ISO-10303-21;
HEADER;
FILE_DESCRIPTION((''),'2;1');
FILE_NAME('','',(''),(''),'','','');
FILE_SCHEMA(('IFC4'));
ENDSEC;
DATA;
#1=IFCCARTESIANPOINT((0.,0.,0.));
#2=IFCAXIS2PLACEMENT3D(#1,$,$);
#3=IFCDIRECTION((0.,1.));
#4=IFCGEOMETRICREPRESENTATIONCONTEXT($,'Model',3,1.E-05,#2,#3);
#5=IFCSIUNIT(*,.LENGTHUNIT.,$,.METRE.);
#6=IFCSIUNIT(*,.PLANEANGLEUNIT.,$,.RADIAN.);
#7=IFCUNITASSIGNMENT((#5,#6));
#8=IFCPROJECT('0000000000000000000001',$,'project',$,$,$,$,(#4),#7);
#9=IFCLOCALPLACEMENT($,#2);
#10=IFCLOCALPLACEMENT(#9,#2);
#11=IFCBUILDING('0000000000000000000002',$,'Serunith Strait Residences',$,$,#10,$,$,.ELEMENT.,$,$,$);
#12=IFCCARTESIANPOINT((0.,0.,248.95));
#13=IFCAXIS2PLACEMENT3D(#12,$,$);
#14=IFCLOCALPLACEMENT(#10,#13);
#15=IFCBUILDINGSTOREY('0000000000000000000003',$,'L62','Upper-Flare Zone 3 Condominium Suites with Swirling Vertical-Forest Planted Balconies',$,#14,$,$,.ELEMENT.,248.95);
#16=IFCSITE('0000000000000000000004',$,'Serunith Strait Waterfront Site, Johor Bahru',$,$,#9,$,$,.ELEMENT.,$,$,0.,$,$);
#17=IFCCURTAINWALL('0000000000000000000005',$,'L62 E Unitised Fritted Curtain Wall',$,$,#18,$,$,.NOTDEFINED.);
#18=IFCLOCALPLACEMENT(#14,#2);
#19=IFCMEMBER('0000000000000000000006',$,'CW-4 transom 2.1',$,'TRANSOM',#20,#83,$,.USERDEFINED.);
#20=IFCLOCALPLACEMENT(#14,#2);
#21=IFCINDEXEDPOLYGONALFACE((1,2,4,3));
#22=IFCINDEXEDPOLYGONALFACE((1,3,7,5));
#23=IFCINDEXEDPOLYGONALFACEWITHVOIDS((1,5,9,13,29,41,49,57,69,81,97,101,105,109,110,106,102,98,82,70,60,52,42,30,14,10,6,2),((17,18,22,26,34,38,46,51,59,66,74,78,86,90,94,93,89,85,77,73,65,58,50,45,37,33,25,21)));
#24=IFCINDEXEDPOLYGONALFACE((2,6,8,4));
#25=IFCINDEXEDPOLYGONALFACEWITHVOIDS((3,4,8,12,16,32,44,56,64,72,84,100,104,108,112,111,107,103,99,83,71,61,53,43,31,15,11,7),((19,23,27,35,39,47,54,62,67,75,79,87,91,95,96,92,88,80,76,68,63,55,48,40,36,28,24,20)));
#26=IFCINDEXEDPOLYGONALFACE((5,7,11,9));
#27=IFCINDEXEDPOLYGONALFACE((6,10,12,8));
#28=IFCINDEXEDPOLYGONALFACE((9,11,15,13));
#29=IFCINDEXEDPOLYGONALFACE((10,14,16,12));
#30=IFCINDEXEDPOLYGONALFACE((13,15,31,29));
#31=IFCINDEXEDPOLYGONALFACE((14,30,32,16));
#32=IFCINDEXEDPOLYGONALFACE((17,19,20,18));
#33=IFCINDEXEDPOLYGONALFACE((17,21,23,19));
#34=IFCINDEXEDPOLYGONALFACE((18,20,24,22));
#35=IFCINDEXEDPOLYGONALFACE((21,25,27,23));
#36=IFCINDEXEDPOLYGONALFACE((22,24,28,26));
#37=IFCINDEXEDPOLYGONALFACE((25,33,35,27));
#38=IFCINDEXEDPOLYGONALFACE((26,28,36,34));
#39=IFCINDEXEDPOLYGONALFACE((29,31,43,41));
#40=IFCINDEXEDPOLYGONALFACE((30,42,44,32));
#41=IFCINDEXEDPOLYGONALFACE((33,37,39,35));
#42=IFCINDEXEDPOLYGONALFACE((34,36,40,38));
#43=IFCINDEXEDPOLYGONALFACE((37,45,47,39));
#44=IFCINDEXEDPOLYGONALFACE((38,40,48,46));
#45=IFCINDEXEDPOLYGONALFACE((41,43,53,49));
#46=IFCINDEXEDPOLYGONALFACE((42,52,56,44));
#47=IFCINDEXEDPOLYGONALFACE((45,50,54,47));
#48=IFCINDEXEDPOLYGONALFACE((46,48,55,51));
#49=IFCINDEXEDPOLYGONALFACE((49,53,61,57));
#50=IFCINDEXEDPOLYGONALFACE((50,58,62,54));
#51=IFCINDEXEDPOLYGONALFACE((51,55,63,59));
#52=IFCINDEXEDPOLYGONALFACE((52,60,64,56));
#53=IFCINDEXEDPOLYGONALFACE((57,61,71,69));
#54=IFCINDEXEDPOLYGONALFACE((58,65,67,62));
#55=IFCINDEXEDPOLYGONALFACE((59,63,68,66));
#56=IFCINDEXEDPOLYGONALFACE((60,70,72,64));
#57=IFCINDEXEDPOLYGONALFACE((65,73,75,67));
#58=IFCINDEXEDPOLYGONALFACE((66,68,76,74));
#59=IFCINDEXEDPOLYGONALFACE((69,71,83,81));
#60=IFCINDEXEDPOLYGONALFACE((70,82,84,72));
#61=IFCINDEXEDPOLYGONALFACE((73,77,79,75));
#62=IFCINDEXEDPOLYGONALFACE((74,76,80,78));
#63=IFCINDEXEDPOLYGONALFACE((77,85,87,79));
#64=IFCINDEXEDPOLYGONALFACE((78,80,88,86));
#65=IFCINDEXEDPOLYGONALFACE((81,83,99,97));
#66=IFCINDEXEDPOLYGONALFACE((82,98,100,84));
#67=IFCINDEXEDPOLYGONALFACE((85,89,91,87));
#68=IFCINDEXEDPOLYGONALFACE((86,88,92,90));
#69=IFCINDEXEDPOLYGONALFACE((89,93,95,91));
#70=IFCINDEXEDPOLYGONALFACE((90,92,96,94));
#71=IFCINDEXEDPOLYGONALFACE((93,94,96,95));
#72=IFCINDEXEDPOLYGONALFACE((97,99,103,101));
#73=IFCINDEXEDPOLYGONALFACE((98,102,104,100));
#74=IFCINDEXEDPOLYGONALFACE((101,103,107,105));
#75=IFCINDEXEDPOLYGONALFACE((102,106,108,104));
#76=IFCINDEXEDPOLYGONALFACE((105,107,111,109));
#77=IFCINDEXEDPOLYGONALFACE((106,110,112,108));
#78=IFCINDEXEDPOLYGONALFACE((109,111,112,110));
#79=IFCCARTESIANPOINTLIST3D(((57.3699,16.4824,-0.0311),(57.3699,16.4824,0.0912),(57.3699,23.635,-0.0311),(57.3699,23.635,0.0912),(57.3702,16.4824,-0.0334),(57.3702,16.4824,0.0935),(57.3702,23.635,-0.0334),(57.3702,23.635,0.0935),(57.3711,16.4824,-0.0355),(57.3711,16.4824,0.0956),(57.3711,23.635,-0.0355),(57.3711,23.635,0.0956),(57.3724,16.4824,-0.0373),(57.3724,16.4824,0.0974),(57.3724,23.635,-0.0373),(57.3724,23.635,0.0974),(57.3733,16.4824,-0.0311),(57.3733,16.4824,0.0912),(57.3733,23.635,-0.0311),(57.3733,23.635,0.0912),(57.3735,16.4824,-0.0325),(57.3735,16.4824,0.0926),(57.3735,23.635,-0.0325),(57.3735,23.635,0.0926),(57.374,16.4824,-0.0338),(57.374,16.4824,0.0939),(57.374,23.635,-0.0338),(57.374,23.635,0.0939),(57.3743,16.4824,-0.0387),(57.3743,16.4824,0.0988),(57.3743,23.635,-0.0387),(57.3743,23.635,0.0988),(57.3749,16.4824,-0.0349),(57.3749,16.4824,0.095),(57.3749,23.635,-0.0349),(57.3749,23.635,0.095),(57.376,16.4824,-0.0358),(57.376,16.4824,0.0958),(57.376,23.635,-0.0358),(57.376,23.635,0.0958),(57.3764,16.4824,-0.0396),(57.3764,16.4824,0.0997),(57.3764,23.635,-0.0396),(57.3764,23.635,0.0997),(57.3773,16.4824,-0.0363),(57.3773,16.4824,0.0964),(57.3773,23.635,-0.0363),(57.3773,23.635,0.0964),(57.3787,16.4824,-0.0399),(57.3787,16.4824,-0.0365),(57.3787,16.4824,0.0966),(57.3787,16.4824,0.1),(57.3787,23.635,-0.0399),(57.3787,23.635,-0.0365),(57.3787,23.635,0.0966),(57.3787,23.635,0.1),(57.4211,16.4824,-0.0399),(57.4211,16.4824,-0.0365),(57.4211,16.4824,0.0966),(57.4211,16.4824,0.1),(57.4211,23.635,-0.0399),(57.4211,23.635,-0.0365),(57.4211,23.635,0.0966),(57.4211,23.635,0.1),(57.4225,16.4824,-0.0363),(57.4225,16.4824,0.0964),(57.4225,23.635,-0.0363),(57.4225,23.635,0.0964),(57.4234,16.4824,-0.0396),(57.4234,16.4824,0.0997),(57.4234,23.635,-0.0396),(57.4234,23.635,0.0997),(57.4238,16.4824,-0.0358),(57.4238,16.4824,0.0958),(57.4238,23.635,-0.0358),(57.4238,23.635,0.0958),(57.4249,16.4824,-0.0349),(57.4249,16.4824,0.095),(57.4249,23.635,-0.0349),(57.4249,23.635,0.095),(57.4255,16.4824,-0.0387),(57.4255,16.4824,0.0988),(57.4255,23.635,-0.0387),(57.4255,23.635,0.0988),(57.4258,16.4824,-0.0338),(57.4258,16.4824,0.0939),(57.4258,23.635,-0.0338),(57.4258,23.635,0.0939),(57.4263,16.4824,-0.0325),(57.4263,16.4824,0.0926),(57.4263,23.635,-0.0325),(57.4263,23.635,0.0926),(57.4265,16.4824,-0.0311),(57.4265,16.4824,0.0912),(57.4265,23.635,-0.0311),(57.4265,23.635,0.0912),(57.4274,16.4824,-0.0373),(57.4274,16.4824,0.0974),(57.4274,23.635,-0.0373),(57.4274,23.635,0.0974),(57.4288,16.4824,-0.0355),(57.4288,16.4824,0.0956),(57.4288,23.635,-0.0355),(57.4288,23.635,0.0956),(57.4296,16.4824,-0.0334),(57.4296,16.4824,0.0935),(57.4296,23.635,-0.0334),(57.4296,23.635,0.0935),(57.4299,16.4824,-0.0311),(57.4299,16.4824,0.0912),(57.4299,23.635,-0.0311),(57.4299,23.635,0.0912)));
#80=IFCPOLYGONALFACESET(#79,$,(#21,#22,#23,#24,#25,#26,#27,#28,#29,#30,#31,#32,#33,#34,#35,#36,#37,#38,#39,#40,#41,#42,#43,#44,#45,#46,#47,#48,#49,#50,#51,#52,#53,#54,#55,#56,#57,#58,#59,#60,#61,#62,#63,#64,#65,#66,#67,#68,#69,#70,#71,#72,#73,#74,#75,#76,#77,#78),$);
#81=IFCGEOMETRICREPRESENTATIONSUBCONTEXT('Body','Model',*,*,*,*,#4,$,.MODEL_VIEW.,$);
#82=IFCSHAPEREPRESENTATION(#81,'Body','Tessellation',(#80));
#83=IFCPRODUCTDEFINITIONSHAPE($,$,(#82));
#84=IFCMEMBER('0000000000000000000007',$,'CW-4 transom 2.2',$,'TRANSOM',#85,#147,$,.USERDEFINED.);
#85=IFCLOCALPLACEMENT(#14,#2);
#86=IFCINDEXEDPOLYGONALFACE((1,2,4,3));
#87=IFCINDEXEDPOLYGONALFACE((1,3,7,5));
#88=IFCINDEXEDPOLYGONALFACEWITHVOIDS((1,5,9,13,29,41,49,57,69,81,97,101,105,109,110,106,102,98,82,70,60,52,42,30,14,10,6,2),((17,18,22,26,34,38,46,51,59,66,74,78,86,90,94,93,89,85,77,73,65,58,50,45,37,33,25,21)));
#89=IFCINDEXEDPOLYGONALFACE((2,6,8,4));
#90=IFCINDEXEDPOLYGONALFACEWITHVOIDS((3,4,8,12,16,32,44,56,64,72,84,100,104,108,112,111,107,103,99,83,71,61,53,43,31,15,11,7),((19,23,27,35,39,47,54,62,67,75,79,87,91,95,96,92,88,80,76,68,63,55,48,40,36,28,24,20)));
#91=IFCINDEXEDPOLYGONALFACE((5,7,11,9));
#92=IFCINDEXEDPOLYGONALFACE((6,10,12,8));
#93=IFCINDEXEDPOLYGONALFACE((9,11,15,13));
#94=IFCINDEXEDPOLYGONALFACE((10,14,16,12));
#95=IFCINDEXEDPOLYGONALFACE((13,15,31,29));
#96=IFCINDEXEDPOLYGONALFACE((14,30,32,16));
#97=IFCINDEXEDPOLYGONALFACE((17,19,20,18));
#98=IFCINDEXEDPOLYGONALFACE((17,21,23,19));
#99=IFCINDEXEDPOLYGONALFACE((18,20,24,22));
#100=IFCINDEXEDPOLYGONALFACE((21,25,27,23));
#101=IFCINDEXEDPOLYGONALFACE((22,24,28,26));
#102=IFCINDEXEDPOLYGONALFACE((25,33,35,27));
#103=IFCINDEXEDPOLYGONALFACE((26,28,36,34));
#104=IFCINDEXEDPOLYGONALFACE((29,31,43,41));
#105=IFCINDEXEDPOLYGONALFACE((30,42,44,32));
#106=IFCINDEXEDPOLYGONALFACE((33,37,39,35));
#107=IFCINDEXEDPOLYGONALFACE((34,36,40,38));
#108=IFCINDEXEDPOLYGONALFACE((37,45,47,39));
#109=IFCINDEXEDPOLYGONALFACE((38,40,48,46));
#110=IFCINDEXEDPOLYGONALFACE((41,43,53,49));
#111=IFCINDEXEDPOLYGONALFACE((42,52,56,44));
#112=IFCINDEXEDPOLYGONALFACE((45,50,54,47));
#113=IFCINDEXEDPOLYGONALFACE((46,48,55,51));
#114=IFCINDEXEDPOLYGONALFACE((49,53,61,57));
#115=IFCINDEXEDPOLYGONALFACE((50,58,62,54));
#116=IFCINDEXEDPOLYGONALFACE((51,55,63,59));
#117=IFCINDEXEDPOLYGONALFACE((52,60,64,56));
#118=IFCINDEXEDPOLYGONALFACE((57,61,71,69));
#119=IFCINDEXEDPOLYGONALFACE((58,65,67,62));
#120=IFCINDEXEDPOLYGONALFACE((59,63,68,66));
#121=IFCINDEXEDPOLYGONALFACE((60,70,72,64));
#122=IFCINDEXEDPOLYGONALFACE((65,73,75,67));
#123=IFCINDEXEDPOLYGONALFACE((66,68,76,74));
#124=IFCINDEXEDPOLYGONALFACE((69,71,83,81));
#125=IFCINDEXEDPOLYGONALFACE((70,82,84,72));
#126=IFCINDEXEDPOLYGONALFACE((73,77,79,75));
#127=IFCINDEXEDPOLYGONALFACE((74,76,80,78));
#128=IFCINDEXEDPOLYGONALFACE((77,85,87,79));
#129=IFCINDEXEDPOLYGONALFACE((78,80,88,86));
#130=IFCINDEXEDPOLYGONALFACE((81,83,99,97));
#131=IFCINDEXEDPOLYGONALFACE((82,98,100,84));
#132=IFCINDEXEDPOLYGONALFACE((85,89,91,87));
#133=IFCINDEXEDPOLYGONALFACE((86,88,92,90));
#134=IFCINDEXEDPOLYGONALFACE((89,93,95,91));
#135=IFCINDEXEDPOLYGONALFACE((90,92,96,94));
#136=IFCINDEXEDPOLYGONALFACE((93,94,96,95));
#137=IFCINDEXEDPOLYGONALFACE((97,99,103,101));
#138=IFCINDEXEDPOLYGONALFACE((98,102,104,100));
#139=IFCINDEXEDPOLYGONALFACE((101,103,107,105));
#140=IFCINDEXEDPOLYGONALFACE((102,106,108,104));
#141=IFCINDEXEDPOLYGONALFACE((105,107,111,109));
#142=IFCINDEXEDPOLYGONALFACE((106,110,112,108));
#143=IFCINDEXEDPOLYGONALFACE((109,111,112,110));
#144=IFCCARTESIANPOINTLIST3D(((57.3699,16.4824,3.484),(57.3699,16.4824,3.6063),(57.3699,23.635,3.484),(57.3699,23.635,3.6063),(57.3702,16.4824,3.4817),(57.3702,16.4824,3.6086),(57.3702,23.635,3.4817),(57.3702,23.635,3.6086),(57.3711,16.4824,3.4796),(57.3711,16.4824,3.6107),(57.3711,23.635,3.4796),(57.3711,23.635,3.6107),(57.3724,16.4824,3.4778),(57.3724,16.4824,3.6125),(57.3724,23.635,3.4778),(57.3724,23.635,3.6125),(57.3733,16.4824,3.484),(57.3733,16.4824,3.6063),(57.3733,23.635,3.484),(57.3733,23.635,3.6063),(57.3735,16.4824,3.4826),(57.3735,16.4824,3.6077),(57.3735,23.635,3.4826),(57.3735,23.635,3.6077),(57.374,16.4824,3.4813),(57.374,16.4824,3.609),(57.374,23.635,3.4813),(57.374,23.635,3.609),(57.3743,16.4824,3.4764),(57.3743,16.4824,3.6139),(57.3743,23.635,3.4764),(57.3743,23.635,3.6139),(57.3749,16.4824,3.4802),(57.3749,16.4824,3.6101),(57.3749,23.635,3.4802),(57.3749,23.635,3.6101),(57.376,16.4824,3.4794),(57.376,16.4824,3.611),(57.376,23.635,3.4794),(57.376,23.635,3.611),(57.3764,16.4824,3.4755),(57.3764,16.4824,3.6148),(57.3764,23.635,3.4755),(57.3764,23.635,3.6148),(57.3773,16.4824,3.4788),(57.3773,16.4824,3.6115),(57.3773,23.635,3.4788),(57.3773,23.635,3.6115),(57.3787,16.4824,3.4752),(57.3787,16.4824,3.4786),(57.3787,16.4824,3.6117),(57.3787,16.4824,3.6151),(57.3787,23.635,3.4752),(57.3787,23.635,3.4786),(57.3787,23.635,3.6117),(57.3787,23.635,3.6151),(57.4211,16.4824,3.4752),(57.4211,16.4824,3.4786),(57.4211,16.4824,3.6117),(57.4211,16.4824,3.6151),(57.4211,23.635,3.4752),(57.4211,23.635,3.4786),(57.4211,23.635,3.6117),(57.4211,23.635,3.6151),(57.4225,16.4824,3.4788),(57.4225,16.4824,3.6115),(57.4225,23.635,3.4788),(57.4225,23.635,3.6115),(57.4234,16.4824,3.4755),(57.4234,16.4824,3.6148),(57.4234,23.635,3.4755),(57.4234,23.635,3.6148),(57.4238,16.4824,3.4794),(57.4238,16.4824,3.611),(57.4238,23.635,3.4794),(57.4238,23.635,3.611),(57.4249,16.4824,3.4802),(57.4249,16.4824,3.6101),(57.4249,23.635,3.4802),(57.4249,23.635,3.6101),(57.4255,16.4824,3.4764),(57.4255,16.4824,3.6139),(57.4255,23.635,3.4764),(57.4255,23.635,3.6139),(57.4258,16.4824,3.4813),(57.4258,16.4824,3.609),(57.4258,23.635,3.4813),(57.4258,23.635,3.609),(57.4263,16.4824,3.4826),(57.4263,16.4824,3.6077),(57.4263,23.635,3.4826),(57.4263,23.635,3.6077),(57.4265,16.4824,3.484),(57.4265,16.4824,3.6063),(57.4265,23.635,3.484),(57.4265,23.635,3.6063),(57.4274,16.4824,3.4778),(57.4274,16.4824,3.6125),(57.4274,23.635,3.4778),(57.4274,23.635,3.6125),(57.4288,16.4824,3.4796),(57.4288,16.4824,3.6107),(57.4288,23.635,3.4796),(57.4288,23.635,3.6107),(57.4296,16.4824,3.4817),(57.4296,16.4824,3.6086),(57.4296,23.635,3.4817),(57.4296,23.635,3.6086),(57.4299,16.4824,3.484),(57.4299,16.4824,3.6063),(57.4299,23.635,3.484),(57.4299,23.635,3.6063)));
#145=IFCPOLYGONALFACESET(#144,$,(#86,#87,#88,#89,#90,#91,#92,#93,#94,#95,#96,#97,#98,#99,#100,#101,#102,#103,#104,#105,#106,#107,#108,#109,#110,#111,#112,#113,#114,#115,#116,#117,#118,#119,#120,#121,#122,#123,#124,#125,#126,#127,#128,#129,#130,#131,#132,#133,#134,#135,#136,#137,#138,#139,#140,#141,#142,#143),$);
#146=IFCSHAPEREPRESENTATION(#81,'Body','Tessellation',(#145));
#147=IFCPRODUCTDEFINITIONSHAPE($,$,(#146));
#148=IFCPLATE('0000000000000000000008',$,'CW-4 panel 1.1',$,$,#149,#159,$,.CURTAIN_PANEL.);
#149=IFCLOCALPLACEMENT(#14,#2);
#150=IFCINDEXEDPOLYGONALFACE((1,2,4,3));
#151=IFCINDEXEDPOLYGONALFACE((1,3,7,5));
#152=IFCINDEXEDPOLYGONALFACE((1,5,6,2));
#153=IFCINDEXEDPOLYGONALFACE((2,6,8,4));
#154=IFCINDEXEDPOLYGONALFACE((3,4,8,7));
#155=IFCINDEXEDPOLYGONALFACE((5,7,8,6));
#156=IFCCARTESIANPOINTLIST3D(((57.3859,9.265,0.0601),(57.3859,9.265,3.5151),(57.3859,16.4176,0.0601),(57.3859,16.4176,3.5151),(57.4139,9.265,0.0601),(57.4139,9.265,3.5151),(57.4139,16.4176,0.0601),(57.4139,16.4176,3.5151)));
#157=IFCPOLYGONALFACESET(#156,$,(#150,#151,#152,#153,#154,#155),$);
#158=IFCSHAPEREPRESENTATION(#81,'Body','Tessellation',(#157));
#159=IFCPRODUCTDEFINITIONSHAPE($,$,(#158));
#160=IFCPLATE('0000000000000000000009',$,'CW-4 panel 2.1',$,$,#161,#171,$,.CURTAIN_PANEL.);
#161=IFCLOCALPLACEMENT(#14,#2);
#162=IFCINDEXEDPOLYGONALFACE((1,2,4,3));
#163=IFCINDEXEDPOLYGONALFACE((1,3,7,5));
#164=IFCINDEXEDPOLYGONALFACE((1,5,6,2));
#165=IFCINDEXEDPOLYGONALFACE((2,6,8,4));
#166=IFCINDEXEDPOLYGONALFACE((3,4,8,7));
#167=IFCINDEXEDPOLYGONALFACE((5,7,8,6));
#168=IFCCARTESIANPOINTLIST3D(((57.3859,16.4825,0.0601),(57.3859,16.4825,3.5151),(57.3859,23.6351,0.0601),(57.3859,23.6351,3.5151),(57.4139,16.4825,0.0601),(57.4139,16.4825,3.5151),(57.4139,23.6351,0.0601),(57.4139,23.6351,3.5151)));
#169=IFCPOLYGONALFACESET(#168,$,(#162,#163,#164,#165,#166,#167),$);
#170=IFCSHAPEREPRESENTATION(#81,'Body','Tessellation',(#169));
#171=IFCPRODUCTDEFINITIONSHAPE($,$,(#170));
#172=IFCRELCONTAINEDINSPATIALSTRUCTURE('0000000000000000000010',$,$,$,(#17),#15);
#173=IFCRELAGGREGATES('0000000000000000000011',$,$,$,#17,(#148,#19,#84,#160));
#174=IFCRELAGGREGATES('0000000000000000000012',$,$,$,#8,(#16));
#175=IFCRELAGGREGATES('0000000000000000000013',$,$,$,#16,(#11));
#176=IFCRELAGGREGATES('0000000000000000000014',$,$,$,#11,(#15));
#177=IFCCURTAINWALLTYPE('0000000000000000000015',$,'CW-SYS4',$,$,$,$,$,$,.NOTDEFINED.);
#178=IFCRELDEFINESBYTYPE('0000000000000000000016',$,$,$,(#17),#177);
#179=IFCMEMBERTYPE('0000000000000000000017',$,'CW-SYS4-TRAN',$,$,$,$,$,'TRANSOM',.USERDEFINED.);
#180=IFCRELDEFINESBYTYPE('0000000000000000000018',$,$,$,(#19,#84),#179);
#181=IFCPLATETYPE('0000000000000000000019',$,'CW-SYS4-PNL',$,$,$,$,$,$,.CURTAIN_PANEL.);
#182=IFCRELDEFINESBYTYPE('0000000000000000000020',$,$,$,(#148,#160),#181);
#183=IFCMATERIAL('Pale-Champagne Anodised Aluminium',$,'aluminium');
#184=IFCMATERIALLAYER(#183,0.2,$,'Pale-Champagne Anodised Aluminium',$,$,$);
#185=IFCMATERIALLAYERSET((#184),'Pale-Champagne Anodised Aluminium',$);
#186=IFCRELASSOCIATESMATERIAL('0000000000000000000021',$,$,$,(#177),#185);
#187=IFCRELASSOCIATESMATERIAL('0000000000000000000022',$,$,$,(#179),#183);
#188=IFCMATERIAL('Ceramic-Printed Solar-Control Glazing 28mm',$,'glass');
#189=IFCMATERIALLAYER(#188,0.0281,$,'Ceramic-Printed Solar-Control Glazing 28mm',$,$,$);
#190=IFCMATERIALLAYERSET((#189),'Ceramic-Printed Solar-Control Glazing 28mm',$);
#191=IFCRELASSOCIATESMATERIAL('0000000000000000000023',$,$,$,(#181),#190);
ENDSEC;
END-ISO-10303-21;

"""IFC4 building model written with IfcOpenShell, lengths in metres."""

from ifc_helpers import new_model, si_unit, direction, frame, origin, origin_2d, place, context, subcontext, project, spatial, rectangle, hollow_rectangle, extrude, source, transform, mapped, material, layer, layer_set, material_profile, profile_set, type_object, element, aggregate, save


model = new_model("IFC4")

# Units and contexts
model_context = context("Model", 3, precision=1e-05, world=origin(), true_north=direction((0.0, 1.0)))
body_context = subcontext(model_context, "Body", "Model", "MODEL_VIEW")
ifc_project = project(units=[si_unit("LENGTHUNIT", "METRE"), si_unit("PLANEANGLEUNIT", "RADIAN")], contexts=[model_context])

# Site, building, storey
site_placement = place(None, origin())
site = spatial("IfcSite", under=ifc_project, at=site_placement, Name="Serunith Strait Waterfront Site, Johor Bahru", CompositionType="ELEMENT", RefElevation=0.0)
building_placement = place(site_placement, origin())
building = spatial("IfcBuilding", under=site, at=building_placement, Name="Serunith Strait Residences", CompositionType="ELEMENT")
storey_placement = place(building_placement, frame((0.0, 0.0, 248.95)))
storey = spatial("IfcBuildingStorey", under=building, at=storey_placement, Name="L62", Description="Upper-Flare Zone 3 Condominium Suites with Swirling Vertical-Forest Planted Balconies", CompositionType="ELEMENT", Elevation=248.95)

# Curtain wall, members, plates
ifc_material_1 = material(Name="Pale-Champagne Anodised Aluminium", Category="aluminium")
ifc_layer_1 = layer(ifc_material_1, 0.2, Name="Pale-Champagne Anodised Aluminium")
ifc_layer_set_1 = layer_set([ifc_layer_1], Name="Pale-Champagne Anodised Aluminium")
curtain_wall_type = type_object("IfcCurtainWallType", Name="CW-SYS4", PredefinedType="NOTDEFINED", material=ifc_layer_set_1)
curtain_wall_placement = place(storey_placement, origin())
curtain_wall = element("IfcCurtainWall", 1, at=curtain_wall_placement, inside=storey, type_object=curtain_wall_type, Name="L62 E Unitised Fritted Curtain Wall", PredefinedType="NOTDEFINED")
ifc_material_profile_1 = material_profile(ifc_material_1, hollow_rectangle(XDim=0.0601, YDim=0.1399, WallThickness=0.0034, InnerFilletRadius=0.0054, OuterFilletRadius=0.0088, at=origin_2d()), Name="ALU 140x60x3.5")
ifc_profile_set_1 = profile_set([ifc_material_profile_1], Name="Pale-Champagne Anodised Aluminium")
member_type_1 = type_object("IfcMemberType", Name="CW-SYS4-TRAN", ElementType="TRANSOM", PredefinedType="USERDEFINED", material=ifc_profile_set_1)
shared_shape_1 = source(origin(), body_context, "Body", "SweptSolid", [
    extrude(hollow_rectangle(XDim=0.0601, YDim=0.1399, WallThickness=0.0034, InnerFilletRadius=0.0054, OuterFilletRadius=0.0088, at=origin_2d()), origin(), (0.0, 0.0, 1.0), 7.1526),
])
member_1_placement = place(storey_placement, frame((57.3999, 16.4824, 0.03), z_axis=(0.0, 1.0, 0.0), x_axis=(-1.0, 0.0, 0.0)))
member_1 = element("IfcMember", 2, at=member_1_placement, type_object=member_type_1, Name="CW-4 transom 2.1", ObjectType="TRANSOM", PredefinedType="USERDEFINED", context=body_context, shape_type="MappedRepresentation", body=[
    mapped(shared_shape_1, transform((0.0, 0.0, 0.0), scale=1.0)),
])
member_2_placement = place(storey_placement, frame((57.3999, 16.4824, 3.5452), z_axis=(0.0, 1.0, 0.0), x_axis=(-1.0, 0.0, 0.0)))
member_2 = element("IfcMember", 3, at=member_2_placement, type_object=member_type_1, Name="CW-4 transom 2.2", ObjectType="TRANSOM", PredefinedType="USERDEFINED", context=body_context, shape_type="MappedRepresentation", body=[
    mapped(shared_shape_1, transform((0.0, 0.0, 0.0), scale=1.0)),
])
ifc_material_2 = material(Name="Ceramic-Printed Solar-Control Glazing 28mm", Category="glass")
ifc_layer_2 = layer(ifc_material_2, 0.0281, Name="Ceramic-Printed Solar-Control Glazing 28mm")
ifc_layer_set_2 = layer_set([ifc_layer_2], Name="Ceramic-Printed Solar-Control Glazing 28mm")
plate_type = type_object("IfcPlateType", Name="CW-SYS4-PNL", PredefinedType="CURTAIN_PANEL", material=ifc_layer_set_2)
shared_shape_2 = source(origin(), body_context, "Body", "SweptSolid", [
    extrude(rectangle(XDim=7.1526, YDim=0.0281, at=origin_2d()), origin(), (0.0, 0.0, 1.0), 3.4551),
])
plate_1_placement = place(storey_placement, frame((57.3999, 12.8413, 0.0601), z_axis=(0.0, 0.0, 1.0), x_axis=(0.0, 1.0, 0.0)))
plate_1 = element("IfcPlate", 4, at=plate_1_placement, type_object=plate_type, Name="CW-4 panel 1.1", PredefinedType="CURTAIN_PANEL", context=body_context, shape_type="MappedRepresentation", body=[
    mapped(shared_shape_2, transform((0.0, 0.0, 0.0), scale=1.0)),
])
plate_2_placement = place(storey_placement, frame((57.3999, 20.0588, 0.0601), z_axis=(0.0, 0.0, 1.0), x_axis=(0.0, 1.0, 0.0)))
plate_2 = element("IfcPlate", 5, at=plate_2_placement, type_object=plate_type, Name="CW-4 panel 2.1", PredefinedType="CURTAIN_PANEL", context=body_context, shape_type="MappedRepresentation", body=[
    mapped(shared_shape_2, transform((0.0, 0.0, 0.0), scale=1.0)),
])
aggregate(curtain_wall, [plate_1, member_1, member_2, plate_2])

save(model, "model.ifc")
